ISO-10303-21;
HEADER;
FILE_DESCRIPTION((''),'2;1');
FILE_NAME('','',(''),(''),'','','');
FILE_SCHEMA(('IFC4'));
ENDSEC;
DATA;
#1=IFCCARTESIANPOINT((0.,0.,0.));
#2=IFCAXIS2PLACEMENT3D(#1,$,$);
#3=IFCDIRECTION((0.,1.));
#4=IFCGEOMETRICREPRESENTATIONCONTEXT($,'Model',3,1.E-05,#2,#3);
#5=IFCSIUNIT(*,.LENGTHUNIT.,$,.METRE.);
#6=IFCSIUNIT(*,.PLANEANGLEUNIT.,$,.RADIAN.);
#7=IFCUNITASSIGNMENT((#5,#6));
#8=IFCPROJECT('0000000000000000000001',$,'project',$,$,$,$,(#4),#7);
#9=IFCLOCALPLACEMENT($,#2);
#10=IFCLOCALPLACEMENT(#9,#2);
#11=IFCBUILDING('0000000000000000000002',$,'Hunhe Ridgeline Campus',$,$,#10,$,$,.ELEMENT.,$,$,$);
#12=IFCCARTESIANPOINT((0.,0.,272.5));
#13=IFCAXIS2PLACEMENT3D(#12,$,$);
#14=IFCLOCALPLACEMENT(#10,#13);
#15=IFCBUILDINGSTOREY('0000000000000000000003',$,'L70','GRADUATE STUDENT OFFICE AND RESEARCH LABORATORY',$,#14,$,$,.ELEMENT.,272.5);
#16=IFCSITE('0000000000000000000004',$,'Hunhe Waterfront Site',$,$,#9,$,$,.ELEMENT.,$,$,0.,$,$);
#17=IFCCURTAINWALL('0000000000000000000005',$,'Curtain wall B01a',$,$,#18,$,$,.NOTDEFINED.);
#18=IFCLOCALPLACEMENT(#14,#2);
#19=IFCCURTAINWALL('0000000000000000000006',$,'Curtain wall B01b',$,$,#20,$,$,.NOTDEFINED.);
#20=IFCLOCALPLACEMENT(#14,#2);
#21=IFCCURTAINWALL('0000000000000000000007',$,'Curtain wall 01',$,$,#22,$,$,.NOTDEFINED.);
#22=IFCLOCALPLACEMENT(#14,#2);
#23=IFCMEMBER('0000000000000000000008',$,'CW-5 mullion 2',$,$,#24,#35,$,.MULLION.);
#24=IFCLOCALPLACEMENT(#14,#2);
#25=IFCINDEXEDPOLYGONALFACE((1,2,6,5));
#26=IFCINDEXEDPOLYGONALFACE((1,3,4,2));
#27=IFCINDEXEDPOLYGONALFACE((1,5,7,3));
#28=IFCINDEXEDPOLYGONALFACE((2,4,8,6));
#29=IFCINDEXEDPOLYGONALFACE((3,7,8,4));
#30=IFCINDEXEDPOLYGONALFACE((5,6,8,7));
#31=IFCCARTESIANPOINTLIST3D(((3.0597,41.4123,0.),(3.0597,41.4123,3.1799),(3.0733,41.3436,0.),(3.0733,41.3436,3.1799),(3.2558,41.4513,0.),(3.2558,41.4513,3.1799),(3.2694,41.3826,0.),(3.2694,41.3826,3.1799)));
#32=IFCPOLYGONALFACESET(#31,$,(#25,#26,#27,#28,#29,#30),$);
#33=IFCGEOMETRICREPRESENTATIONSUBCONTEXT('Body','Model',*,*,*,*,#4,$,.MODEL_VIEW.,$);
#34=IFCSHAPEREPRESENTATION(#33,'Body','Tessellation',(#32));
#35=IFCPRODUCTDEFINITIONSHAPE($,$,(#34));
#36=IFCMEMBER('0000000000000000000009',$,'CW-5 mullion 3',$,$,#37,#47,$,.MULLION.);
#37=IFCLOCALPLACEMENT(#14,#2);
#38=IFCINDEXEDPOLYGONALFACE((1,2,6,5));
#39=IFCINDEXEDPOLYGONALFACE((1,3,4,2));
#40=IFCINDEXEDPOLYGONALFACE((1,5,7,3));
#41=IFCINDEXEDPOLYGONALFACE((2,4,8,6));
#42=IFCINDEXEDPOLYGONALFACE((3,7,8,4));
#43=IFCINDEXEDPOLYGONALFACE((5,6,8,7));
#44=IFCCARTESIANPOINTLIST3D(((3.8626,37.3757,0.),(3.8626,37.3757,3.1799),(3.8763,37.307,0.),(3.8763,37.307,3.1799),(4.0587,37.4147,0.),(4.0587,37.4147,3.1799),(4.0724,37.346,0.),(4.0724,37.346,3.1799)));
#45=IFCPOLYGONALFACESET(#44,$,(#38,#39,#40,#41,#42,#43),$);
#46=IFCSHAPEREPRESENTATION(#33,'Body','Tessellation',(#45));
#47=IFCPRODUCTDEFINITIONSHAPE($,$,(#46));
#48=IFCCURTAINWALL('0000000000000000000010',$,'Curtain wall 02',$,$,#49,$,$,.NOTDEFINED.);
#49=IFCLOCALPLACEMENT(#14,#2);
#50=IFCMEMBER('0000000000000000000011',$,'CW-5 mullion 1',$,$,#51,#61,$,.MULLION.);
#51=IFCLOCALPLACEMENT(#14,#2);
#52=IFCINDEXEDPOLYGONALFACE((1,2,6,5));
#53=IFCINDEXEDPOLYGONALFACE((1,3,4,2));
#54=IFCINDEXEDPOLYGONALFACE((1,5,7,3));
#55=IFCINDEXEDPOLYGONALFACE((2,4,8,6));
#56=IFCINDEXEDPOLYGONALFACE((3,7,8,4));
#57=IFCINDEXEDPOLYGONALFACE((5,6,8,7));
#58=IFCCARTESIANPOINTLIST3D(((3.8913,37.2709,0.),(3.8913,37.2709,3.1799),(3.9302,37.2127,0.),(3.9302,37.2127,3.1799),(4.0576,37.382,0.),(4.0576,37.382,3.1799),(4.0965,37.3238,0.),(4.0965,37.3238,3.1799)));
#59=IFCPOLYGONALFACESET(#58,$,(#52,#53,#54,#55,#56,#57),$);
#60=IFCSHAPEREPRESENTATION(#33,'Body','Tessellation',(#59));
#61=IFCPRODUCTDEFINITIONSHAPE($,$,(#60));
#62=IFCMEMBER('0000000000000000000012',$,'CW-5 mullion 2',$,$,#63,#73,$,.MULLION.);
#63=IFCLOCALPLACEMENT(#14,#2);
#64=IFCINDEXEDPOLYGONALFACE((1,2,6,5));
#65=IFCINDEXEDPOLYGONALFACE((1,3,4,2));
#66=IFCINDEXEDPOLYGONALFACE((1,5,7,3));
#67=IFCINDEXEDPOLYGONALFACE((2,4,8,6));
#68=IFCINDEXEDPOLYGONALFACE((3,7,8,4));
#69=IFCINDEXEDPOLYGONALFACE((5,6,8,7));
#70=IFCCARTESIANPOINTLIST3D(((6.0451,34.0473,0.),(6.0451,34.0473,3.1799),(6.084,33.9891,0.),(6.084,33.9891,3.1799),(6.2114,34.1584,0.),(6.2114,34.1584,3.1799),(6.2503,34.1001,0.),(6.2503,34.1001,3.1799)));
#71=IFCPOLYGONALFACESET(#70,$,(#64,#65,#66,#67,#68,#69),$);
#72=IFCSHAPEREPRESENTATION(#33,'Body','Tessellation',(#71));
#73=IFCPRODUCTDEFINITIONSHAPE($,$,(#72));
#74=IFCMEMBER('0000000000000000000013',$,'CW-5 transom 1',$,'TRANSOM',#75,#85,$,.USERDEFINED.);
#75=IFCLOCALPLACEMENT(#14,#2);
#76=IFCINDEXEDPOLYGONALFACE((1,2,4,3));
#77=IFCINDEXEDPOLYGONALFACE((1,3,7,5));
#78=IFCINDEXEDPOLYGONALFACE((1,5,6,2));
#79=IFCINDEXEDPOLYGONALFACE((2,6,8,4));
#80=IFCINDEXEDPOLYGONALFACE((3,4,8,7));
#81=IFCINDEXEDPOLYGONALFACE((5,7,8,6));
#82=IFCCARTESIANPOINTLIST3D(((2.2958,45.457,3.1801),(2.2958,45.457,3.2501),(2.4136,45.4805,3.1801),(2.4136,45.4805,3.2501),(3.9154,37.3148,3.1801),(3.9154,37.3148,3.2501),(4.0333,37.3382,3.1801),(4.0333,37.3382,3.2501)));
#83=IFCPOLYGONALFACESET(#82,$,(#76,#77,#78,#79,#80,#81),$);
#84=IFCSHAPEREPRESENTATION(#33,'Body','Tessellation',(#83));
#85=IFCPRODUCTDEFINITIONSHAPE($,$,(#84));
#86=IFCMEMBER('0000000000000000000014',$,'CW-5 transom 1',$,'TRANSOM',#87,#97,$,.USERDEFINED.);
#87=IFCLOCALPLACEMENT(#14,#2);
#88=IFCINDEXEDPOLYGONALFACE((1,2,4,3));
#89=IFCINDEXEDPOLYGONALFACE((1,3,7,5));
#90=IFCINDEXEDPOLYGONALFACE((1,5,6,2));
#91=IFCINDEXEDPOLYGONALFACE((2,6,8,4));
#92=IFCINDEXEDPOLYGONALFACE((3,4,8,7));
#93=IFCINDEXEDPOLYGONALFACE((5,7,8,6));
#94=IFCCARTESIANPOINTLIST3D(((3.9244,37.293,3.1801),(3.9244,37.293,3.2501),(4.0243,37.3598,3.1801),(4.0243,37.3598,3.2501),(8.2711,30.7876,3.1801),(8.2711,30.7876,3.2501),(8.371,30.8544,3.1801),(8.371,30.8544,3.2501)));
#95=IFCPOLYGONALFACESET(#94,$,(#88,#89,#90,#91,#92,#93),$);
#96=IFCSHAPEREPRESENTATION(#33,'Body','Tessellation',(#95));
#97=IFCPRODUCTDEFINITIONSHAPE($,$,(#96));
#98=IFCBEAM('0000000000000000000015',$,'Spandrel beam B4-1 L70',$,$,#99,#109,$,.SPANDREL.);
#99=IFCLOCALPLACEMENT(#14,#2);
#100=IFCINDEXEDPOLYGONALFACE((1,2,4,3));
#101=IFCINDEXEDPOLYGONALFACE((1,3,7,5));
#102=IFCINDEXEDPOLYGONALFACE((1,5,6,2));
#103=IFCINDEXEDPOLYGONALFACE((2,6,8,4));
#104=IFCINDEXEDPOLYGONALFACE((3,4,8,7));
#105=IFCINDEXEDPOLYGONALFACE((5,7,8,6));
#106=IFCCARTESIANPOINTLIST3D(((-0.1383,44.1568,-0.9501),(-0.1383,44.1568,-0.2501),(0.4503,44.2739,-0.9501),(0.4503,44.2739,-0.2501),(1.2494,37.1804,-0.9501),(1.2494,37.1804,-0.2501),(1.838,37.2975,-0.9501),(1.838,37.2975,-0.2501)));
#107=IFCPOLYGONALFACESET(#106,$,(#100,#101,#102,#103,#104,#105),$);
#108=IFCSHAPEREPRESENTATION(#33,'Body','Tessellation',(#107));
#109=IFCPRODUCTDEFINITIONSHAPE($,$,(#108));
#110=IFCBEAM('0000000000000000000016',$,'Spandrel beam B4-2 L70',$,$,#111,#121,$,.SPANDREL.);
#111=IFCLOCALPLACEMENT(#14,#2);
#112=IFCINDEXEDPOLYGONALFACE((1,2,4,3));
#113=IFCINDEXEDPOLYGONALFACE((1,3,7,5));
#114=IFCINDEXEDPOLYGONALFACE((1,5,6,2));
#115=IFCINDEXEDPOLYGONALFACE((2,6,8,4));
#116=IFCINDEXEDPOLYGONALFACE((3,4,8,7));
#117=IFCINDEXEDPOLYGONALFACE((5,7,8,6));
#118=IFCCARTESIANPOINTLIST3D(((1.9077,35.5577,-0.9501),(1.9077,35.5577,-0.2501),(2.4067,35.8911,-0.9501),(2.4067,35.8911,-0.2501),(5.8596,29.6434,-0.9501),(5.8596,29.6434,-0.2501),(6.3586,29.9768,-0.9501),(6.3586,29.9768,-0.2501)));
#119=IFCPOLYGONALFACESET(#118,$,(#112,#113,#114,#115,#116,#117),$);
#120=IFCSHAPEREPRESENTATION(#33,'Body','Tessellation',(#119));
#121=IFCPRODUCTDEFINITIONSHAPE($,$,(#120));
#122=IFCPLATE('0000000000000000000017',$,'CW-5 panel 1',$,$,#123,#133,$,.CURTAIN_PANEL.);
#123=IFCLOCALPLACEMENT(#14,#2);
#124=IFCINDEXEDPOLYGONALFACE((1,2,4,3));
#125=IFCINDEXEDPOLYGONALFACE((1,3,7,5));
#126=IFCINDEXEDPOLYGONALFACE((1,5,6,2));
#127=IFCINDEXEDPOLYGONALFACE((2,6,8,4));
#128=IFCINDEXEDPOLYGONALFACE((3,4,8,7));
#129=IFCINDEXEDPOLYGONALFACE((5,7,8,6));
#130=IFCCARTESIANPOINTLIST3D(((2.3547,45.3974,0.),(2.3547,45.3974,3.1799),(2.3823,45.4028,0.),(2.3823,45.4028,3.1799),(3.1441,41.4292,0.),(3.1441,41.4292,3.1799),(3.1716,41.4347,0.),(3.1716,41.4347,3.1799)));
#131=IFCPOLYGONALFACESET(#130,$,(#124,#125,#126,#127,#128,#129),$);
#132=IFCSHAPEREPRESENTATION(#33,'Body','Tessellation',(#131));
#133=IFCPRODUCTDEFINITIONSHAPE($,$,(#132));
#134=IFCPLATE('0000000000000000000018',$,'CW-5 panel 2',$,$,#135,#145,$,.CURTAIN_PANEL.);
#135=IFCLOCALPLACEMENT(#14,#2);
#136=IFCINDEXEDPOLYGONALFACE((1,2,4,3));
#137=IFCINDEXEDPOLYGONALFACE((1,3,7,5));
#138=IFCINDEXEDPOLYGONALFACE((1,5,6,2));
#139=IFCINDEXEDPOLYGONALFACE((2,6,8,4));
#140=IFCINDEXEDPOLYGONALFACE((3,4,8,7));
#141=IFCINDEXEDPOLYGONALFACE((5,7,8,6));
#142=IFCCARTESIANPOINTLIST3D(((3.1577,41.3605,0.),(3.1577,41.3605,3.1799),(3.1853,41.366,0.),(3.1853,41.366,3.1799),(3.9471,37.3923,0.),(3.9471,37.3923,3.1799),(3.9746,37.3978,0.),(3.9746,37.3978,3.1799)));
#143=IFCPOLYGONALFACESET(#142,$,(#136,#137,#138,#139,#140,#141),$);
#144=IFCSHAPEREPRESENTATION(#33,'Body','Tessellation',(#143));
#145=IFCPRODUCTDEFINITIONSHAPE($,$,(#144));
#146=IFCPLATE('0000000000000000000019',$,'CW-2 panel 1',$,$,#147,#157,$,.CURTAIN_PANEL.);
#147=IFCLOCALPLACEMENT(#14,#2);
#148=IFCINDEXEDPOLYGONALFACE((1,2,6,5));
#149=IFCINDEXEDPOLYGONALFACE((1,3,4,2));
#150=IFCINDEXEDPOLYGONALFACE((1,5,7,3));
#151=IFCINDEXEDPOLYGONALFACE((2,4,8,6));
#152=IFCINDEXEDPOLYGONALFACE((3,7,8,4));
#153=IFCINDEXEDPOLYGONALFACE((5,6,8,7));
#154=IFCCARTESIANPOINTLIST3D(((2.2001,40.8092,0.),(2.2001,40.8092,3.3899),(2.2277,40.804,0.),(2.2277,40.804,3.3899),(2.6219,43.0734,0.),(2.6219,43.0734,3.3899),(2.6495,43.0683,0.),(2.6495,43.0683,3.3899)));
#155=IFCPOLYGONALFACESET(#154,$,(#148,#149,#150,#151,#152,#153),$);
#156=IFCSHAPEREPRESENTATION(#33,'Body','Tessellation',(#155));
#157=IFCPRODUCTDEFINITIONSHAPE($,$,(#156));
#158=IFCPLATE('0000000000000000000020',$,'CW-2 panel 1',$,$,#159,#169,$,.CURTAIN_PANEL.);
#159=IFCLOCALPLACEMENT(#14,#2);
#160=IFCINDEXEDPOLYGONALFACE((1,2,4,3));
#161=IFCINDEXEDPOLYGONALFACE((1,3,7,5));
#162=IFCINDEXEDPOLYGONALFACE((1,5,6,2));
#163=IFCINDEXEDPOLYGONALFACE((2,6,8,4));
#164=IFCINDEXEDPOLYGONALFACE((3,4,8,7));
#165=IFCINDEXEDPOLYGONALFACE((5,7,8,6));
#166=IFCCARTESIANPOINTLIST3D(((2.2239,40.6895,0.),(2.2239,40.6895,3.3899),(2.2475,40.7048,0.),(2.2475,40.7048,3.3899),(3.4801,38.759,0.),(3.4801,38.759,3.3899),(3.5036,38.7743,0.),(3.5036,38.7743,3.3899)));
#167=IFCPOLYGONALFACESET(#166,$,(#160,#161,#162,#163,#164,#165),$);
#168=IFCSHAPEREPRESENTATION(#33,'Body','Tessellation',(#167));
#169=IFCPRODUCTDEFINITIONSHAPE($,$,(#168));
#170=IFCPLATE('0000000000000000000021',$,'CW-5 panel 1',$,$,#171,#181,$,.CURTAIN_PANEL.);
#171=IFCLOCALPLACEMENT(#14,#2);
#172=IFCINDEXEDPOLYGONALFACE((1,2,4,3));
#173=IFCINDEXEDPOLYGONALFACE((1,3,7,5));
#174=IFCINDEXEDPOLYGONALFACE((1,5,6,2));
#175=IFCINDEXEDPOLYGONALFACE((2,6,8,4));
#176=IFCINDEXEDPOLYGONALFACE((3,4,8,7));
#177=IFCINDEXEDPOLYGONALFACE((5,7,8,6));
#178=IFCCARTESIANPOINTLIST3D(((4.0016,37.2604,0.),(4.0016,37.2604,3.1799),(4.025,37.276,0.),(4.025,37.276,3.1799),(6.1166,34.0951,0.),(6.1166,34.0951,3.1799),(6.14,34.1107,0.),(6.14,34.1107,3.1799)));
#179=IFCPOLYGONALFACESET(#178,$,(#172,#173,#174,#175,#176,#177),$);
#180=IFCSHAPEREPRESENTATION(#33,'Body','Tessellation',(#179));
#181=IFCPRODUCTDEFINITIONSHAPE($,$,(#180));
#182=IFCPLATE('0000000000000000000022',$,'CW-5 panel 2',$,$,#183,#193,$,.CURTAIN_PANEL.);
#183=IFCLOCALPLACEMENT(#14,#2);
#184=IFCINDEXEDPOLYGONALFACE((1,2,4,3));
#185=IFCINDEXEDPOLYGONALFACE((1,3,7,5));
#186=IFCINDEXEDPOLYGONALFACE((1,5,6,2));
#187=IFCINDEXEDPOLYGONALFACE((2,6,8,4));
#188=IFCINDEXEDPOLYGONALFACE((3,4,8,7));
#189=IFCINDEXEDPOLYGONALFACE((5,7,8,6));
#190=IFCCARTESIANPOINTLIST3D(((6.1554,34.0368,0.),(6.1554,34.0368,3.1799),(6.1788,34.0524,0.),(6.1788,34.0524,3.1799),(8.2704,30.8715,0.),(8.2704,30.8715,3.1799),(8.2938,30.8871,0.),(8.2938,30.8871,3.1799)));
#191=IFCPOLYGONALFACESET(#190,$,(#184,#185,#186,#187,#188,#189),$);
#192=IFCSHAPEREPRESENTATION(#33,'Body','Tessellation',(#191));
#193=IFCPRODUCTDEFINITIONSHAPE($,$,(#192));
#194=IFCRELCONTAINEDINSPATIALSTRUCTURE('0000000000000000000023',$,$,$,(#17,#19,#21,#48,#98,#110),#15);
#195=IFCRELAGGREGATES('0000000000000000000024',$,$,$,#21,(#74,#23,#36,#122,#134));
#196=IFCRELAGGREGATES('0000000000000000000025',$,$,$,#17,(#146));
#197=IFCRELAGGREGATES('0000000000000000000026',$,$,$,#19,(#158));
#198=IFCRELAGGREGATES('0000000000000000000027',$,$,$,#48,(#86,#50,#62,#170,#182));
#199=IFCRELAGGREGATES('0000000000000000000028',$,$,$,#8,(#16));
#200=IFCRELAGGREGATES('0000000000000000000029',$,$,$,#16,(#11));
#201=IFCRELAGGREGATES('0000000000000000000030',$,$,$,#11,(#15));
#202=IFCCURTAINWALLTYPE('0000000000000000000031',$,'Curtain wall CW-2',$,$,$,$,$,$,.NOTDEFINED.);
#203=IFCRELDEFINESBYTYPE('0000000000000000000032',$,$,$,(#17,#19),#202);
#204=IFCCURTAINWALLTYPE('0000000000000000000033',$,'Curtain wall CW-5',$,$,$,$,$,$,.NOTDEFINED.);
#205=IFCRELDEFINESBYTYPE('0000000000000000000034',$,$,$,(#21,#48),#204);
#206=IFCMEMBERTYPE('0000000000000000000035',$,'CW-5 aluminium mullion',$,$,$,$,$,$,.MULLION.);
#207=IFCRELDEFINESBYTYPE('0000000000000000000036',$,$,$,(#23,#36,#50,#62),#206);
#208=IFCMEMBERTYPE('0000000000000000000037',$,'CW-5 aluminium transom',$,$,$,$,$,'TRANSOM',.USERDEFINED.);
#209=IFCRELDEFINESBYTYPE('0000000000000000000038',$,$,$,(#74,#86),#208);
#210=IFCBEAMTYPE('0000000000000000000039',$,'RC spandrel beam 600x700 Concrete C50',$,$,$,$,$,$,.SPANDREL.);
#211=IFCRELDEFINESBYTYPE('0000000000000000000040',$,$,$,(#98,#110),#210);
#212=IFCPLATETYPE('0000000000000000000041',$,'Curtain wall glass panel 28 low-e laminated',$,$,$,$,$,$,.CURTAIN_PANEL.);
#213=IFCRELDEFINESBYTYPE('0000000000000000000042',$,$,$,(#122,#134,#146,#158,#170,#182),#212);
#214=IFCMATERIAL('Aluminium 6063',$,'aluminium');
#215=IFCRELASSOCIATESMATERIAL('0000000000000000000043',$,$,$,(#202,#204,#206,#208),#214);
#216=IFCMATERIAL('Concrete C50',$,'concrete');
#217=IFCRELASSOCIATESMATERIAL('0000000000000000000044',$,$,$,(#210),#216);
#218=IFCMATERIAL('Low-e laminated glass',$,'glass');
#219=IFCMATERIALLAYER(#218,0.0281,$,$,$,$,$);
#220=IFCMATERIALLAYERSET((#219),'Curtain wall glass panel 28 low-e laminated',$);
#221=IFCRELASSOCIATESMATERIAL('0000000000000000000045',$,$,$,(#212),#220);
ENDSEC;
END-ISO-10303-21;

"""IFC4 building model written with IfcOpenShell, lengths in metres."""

from ifc_helpers import new_model, si_unit, direction, frame, origin, origin_2d, place, context, subcontext, project, spatial, rectangle, extrude, material, layer, layer_set, material_profile, profile_set, type_object, element, aggregate, save


model = new_model("IFC4")

# Units and contexts
model_context = context("Model", 3, precision=1e-05, world=origin(), true_north=direction((0.0, 1.0)))
body_context = subcontext(model_context, "Body", "Model", "MODEL_VIEW")
ifc_project = project(units=[si_unit("LENGTHUNIT", "METRE"), si_unit("PLANEANGLEUNIT", "RADIAN")], contexts=[model_context])

# Site, building, storey
site_placement = place(None, origin())
site = spatial("IfcSite", under=ifc_project, at=site_placement, Name="Hunhe Waterfront Site", CompositionType="ELEMENT", RefElevation=0.0)
building_placement = place(site_placement, origin())
building = spatial("IfcBuilding", under=site, at=building_placement, Name="Hunhe Ridgeline Campus", CompositionType="ELEMENT")
storey_placement = place(building_placement, frame((0.0, 0.0, 272.5)))
storey = spatial("IfcBuildingStorey", under=building, at=storey_placement, Name="L70", Description="GRADUATE STUDENT OFFICE AND RESEARCH LABORATORY", CompositionType="ELEMENT", Elevation=272.5)

# Curtain walls
ifc_material_1 = material(Name="Aluminium 6063", Category="aluminium")
curtain_wall_type_1 = type_object("IfcCurtainWallType", Name="Curtain wall CW-2", PredefinedType="NOTDEFINED", material=ifc_material_1)
curtain_wall_1_placement = place(storey_placement, origin())
curtain_wall_1 = element("IfcCurtainWall", 1, at=curtain_wall_1_placement, inside=storey, type_object=curtain_wall_type_1, Name="Curtain wall B01a", PredefinedType="NOTDEFINED")
curtain_wall_2_placement = place(storey_placement, origin())
curtain_wall_2 = element("IfcCurtainWall", 2, at=curtain_wall_2_placement, inside=storey, type_object=curtain_wall_type_1, Name="Curtain wall B01b", PredefinedType="NOTDEFINED")

# Curtain walls, members
curtain_wall_type_2 = type_object("IfcCurtainWallType", Name="Curtain wall CW-5", PredefinedType="NOTDEFINED", material=ifc_material_1)
curtain_wall_3_placement = place(storey_placement, origin())
curtain_wall_3 = element("IfcCurtainWall", 3, at=curtain_wall_3_placement, inside=storey, type_object=curtain_wall_type_2, Name="Curtain wall 01", PredefinedType="NOTDEFINED")
ifc_material_profile_1 = material_profile(ifc_material_1, rectangle(XDim=0.2, YDim=0.0701, at=origin_2d()))
ifc_profile_set_1 = profile_set([ifc_material_profile_1], Name="Aluminium 6063")
member_type_1 = type_object("IfcMemberType", Name="CW-5 aluminium mullion", PredefinedType="MULLION", material=ifc_profile_set_1)
member_1_placement = place(storey_placement, frame((3.1646, 41.3975, 0.0), z_axis=(0.0, 0.0, 1.0), x_axis=(0.980784, 0.195095, 0.0)))
member_1 = element("IfcMember", 4, at=member_1_placement, type_object=member_type_1, Name="CW-5 mullion 2", PredefinedType="MULLION", context=body_context, shape_type="SweptSolid", body=[
    extrude(rectangle(XDim=0.2, YDim=0.0701, at=origin_2d()), origin(), (0.0, 0.0, 1.0), 3.1799),
])
member_2_placement = place(storey_placement, frame((3.9675, 37.3608, 0.0), z_axis=(0.0, 0.0, 1.0), x_axis=(0.980784, 0.195095, 0.0)))
member_2 = element("IfcMember", 5, at=member_2_placement, type_object=member_type_1, Name="CW-5 mullion 3", PredefinedType="MULLION", context=body_context, shape_type="SweptSolid", body=[
    extrude(rectangle(XDim=0.2, YDim=0.0701, at=origin_2d()), origin(), (0.0, 0.0, 1.0), 3.1799),
])
curtain_wall_4_placement = place(storey_placement, origin())
curtain_wall_4 = element("IfcCurtainWall", 6, at=curtain_wall_4_placement, inside=storey, type_object=curtain_wall_type_2, Name="Curtain wall 02", PredefinedType="NOTDEFINED")
member_3_placement = place(storey_placement, frame((3.9939, 37.2974, 0.0), z_axis=(0.0, 0.0, 1.0), x_axis=(0.83147, 0.55557, 0.0)))
member_3 = element("IfcMember", 7, at=member_3_placement, type_object=member_type_1, Name="CW-5 mullion 1", PredefinedType="MULLION", context=body_context, shape_type="SweptSolid", body=[
    extrude(rectangle(XDim=0.2, YDim=0.0701, at=origin_2d()), origin(), (0.0, 0.0, 1.0), 3.1799),
])
member_4_placement = place(storey_placement, frame((6.1477, 34.0737, 0.0), z_axis=(0.0, 0.0, 1.0), x_axis=(0.83147, 0.55557, 0.0)))
member_4 = element("IfcMember", 8, at=member_4_placement, type_object=member_type_1, Name="CW-5 mullion 2", PredefinedType="MULLION", context=body_context, shape_type="SweptSolid", body=[
    extrude(rectangle(XDim=0.2, YDim=0.0701, at=origin_2d()), origin(), (0.0, 0.0, 1.0), 3.1799),
])

# Members
ifc_material_profile_2 = material_profile(ifc_material_1, rectangle(XDim=0.1201, YDim=0.0701, at=origin_2d()))
ifc_profile_set_2 = profile_set([ifc_material_profile_2], Name="Aluminium 6063")
member_type_2 = type_object("IfcMemberType", Name="CW-5 aluminium transom", ElementType="TRANSOM", PredefinedType="USERDEFINED", material=ifc_profile_set_2)
member_5_placement = place(storey_placement, frame((2.3547, 45.4688, 3.2151), z_axis=(0.195092, -0.980785, 0.0), x_axis=(0.980785, 0.195092, 0.0)))
member_5 = element("IfcMember", 9, at=member_5_placement, type_object=member_type_2, Name="CW-5 transom 1", ObjectType="TRANSOM", PredefinedType="USERDEFINED", context=body_context, shape_type="SweptSolid", body=[
    extrude(rectangle(XDim=0.1201, YDim=0.0701, at=origin_2d()), origin(), (0.0, 0.0, 1.0), 8.3018),
])
member_6_placement = place(storey_placement, frame((3.9744, 37.3264, 3.2151), z_axis=(0.555564, -0.831474, 0.0), x_axis=(0.831474, 0.555564, 0.0)))
member_6 = element("IfcMember", 10, at=member_6_placement, type_object=member_type_2, Name="CW-5 transom 1", ObjectType="TRANSOM", PredefinedType="USERDEFINED", context=body_context, shape_type="SweptSolid", body=[
    extrude(rectangle(XDim=0.1201, YDim=0.0701, at=origin_2d()), origin(), (0.0, 0.0, 1.0), 7.824),
])

# Beams
ifc_material_2 = material(Name="Concrete C50", Category="concrete")
ifc_material_profile_3 = material_profile(ifc_material_2, rectangle(XDim=0.6001, YDim=0.7, at=origin_2d()))
ifc_profile_set_3 = profile_set([ifc_material_profile_3], Name="Concrete C50")
beam_type = type_object("IfcBeamType", Name="RC spandrel beam 600x700 Concrete C50", PredefinedType="SPANDREL", material=ifc_profile_set_3)
for number, where, z_axis, x_axis, name in (
    (11, (0.156, 44.2153, -0.6001), (0.195093, -0.980785, 0.0), (0.980785, 0.195093, 0.0), "Spandrel beam B4-1 L70"),
    (12, (2.1572, 35.7244, -0.6001), (0.555579, -0.831464, 0.0), (0.831464, 0.555579, 0.0), "Spandrel beam B4-2 L70"),
):
    element("IfcBeam", number, at=place(storey_placement, frame(where, z_axis=z_axis, x_axis=x_axis)), inside=storey, type_object=beam_type, Name=name, PredefinedType="SPANDREL", context=body_context, shape_type="SweptSolid", body=[
        extrude(rectangle(XDim=0.6001, YDim=0.7, at=origin_2d()), origin(), (0.0, 0.0, 1.0), 7.113),
    ])

# Plates
ifc_material_3 = material(Name="Low-e laminated glass", Category="glass")
ifc_layer_1 = layer(ifc_material_3, 0.0281)
ifc_layer_set_1 = layer_set([ifc_layer_1], Name="Curtain wall glass panel 28 low-e laminated")
plate_type = type_object("IfcPlateType", Name="Curtain wall glass panel 28 low-e laminated", PredefinedType="CURTAIN_PANEL", material=ifc_layer_set_1)
plate_1_placement = place(storey_placement, frame((2.7632, 43.416, 0.0), z_axis=(0.0, 0.0, 1.0), x_axis=(0.195095, -0.980784, 0.0)))
plate_1 = element("IfcPlate", 13, at=plate_1_placement, type_object=plate_type, Name="CW-5 panel 1", PredefinedType="CURTAIN_PANEL", context=body_context, shape_type="SweptSolid", body=[
    extrude(rectangle(XDim=4.0459, YDim=0.0281, at=origin_2d()), origin(), (0.0, 0.0, 1.0), 3.1799),
])
plate_2_placement = place(storey_placement, frame((3.5662, 39.3792, 0.0), z_axis=(0.0, 0.0, 1.0), x_axis=(0.195095, -0.980784, 0.0)))
plate_2 = element("IfcPlate", 14, at=plate_2_placement, type_object=plate_type, Name="CW-5 panel 2", PredefinedType="CURTAIN_PANEL", context=body_context, shape_type="SweptSolid", body=[
    extrude(rectangle(XDim=4.0459, YDim=0.0281, at=origin_2d()), origin(), (0.0, 0.0, 1.0), 3.1799),
])
aggregate(curtain_wall_3, [member_5, member_1, member_2, plate_1, plate_2])
plate_3_placement = place(storey_placement, frame((2.4248, 41.9387, 0.0), z_axis=(0.0, 0.0, 1.0), x_axis=(-0.183113, -0.983092, 0.0)))
plate_3 = element("IfcPlate", 15, at=plate_3_placement, type_object=plate_type, Name="CW-2 panel 1", PredefinedType="CURTAIN_PANEL", context=body_context, shape_type="SweptSolid", body=[
    extrude(rectangle(XDim=2.3032, YDim=0.0281, at=origin_2d()), origin(), (0.0, 0.0, 1.0), 3.3899),
])
aggregate(curtain_wall_1, [plate_3])
plate_4_placement = place(storey_placement, frame((2.8638, 39.7319, 0.0), z_axis=(0.0, 0.0, 1.0), x_axis=(0.545395, -0.838179, 0.0)))
plate_4 = element("IfcPlate", 16, at=plate_4_placement, type_object=plate_type, Name="CW-2 panel 1", PredefinedType="CURTAIN_PANEL", context=body_context, shape_type="SweptSolid", body=[
    extrude(rectangle(XDim=2.3032, YDim=0.0281, at=origin_2d()), origin(), (0.0, 0.0, 1.0), 3.3899),
])
aggregate(curtain_wall_2, [plate_4])
plate_5_placement = place(storey_placement, frame((5.0708, 35.6855, 0.0), z_axis=(0.0, 0.0, 1.0), x_axis=(0.55557, -0.83147, 0.0)))
plate_5 = element("IfcPlate", 17, at=plate_5_placement, type_object=plate_type, Name="CW-5 panel 1", PredefinedType="CURTAIN_PANEL", context=body_context, shape_type="SweptSolid", body=[
    extrude(rectangle(XDim=3.8069, YDim=0.0281, at=origin_2d()), origin(), (0.0, 0.0, 1.0), 3.1799),
])
plate_6_placement = place(storey_placement, frame((7.2246, 32.4619, 0.0), z_axis=(0.0, 0.0, 1.0), x_axis=(0.55557, -0.83147, 0.0)))
plate_6 = element("IfcPlate", 18, at=plate_6_placement, type_object=plate_type, Name="CW-5 panel 2", PredefinedType="CURTAIN_PANEL", context=body_context, shape_type="SweptSolid", body=[
    extrude(rectangle(XDim=3.8069, YDim=0.0281, at=origin_2d()), origin(), (0.0, 0.0, 1.0), 3.1799),
])
aggregate(curtain_wall_4, [member_6, member_3, member_4, plate_5, plate_6])

save(model, "model.ifc")
